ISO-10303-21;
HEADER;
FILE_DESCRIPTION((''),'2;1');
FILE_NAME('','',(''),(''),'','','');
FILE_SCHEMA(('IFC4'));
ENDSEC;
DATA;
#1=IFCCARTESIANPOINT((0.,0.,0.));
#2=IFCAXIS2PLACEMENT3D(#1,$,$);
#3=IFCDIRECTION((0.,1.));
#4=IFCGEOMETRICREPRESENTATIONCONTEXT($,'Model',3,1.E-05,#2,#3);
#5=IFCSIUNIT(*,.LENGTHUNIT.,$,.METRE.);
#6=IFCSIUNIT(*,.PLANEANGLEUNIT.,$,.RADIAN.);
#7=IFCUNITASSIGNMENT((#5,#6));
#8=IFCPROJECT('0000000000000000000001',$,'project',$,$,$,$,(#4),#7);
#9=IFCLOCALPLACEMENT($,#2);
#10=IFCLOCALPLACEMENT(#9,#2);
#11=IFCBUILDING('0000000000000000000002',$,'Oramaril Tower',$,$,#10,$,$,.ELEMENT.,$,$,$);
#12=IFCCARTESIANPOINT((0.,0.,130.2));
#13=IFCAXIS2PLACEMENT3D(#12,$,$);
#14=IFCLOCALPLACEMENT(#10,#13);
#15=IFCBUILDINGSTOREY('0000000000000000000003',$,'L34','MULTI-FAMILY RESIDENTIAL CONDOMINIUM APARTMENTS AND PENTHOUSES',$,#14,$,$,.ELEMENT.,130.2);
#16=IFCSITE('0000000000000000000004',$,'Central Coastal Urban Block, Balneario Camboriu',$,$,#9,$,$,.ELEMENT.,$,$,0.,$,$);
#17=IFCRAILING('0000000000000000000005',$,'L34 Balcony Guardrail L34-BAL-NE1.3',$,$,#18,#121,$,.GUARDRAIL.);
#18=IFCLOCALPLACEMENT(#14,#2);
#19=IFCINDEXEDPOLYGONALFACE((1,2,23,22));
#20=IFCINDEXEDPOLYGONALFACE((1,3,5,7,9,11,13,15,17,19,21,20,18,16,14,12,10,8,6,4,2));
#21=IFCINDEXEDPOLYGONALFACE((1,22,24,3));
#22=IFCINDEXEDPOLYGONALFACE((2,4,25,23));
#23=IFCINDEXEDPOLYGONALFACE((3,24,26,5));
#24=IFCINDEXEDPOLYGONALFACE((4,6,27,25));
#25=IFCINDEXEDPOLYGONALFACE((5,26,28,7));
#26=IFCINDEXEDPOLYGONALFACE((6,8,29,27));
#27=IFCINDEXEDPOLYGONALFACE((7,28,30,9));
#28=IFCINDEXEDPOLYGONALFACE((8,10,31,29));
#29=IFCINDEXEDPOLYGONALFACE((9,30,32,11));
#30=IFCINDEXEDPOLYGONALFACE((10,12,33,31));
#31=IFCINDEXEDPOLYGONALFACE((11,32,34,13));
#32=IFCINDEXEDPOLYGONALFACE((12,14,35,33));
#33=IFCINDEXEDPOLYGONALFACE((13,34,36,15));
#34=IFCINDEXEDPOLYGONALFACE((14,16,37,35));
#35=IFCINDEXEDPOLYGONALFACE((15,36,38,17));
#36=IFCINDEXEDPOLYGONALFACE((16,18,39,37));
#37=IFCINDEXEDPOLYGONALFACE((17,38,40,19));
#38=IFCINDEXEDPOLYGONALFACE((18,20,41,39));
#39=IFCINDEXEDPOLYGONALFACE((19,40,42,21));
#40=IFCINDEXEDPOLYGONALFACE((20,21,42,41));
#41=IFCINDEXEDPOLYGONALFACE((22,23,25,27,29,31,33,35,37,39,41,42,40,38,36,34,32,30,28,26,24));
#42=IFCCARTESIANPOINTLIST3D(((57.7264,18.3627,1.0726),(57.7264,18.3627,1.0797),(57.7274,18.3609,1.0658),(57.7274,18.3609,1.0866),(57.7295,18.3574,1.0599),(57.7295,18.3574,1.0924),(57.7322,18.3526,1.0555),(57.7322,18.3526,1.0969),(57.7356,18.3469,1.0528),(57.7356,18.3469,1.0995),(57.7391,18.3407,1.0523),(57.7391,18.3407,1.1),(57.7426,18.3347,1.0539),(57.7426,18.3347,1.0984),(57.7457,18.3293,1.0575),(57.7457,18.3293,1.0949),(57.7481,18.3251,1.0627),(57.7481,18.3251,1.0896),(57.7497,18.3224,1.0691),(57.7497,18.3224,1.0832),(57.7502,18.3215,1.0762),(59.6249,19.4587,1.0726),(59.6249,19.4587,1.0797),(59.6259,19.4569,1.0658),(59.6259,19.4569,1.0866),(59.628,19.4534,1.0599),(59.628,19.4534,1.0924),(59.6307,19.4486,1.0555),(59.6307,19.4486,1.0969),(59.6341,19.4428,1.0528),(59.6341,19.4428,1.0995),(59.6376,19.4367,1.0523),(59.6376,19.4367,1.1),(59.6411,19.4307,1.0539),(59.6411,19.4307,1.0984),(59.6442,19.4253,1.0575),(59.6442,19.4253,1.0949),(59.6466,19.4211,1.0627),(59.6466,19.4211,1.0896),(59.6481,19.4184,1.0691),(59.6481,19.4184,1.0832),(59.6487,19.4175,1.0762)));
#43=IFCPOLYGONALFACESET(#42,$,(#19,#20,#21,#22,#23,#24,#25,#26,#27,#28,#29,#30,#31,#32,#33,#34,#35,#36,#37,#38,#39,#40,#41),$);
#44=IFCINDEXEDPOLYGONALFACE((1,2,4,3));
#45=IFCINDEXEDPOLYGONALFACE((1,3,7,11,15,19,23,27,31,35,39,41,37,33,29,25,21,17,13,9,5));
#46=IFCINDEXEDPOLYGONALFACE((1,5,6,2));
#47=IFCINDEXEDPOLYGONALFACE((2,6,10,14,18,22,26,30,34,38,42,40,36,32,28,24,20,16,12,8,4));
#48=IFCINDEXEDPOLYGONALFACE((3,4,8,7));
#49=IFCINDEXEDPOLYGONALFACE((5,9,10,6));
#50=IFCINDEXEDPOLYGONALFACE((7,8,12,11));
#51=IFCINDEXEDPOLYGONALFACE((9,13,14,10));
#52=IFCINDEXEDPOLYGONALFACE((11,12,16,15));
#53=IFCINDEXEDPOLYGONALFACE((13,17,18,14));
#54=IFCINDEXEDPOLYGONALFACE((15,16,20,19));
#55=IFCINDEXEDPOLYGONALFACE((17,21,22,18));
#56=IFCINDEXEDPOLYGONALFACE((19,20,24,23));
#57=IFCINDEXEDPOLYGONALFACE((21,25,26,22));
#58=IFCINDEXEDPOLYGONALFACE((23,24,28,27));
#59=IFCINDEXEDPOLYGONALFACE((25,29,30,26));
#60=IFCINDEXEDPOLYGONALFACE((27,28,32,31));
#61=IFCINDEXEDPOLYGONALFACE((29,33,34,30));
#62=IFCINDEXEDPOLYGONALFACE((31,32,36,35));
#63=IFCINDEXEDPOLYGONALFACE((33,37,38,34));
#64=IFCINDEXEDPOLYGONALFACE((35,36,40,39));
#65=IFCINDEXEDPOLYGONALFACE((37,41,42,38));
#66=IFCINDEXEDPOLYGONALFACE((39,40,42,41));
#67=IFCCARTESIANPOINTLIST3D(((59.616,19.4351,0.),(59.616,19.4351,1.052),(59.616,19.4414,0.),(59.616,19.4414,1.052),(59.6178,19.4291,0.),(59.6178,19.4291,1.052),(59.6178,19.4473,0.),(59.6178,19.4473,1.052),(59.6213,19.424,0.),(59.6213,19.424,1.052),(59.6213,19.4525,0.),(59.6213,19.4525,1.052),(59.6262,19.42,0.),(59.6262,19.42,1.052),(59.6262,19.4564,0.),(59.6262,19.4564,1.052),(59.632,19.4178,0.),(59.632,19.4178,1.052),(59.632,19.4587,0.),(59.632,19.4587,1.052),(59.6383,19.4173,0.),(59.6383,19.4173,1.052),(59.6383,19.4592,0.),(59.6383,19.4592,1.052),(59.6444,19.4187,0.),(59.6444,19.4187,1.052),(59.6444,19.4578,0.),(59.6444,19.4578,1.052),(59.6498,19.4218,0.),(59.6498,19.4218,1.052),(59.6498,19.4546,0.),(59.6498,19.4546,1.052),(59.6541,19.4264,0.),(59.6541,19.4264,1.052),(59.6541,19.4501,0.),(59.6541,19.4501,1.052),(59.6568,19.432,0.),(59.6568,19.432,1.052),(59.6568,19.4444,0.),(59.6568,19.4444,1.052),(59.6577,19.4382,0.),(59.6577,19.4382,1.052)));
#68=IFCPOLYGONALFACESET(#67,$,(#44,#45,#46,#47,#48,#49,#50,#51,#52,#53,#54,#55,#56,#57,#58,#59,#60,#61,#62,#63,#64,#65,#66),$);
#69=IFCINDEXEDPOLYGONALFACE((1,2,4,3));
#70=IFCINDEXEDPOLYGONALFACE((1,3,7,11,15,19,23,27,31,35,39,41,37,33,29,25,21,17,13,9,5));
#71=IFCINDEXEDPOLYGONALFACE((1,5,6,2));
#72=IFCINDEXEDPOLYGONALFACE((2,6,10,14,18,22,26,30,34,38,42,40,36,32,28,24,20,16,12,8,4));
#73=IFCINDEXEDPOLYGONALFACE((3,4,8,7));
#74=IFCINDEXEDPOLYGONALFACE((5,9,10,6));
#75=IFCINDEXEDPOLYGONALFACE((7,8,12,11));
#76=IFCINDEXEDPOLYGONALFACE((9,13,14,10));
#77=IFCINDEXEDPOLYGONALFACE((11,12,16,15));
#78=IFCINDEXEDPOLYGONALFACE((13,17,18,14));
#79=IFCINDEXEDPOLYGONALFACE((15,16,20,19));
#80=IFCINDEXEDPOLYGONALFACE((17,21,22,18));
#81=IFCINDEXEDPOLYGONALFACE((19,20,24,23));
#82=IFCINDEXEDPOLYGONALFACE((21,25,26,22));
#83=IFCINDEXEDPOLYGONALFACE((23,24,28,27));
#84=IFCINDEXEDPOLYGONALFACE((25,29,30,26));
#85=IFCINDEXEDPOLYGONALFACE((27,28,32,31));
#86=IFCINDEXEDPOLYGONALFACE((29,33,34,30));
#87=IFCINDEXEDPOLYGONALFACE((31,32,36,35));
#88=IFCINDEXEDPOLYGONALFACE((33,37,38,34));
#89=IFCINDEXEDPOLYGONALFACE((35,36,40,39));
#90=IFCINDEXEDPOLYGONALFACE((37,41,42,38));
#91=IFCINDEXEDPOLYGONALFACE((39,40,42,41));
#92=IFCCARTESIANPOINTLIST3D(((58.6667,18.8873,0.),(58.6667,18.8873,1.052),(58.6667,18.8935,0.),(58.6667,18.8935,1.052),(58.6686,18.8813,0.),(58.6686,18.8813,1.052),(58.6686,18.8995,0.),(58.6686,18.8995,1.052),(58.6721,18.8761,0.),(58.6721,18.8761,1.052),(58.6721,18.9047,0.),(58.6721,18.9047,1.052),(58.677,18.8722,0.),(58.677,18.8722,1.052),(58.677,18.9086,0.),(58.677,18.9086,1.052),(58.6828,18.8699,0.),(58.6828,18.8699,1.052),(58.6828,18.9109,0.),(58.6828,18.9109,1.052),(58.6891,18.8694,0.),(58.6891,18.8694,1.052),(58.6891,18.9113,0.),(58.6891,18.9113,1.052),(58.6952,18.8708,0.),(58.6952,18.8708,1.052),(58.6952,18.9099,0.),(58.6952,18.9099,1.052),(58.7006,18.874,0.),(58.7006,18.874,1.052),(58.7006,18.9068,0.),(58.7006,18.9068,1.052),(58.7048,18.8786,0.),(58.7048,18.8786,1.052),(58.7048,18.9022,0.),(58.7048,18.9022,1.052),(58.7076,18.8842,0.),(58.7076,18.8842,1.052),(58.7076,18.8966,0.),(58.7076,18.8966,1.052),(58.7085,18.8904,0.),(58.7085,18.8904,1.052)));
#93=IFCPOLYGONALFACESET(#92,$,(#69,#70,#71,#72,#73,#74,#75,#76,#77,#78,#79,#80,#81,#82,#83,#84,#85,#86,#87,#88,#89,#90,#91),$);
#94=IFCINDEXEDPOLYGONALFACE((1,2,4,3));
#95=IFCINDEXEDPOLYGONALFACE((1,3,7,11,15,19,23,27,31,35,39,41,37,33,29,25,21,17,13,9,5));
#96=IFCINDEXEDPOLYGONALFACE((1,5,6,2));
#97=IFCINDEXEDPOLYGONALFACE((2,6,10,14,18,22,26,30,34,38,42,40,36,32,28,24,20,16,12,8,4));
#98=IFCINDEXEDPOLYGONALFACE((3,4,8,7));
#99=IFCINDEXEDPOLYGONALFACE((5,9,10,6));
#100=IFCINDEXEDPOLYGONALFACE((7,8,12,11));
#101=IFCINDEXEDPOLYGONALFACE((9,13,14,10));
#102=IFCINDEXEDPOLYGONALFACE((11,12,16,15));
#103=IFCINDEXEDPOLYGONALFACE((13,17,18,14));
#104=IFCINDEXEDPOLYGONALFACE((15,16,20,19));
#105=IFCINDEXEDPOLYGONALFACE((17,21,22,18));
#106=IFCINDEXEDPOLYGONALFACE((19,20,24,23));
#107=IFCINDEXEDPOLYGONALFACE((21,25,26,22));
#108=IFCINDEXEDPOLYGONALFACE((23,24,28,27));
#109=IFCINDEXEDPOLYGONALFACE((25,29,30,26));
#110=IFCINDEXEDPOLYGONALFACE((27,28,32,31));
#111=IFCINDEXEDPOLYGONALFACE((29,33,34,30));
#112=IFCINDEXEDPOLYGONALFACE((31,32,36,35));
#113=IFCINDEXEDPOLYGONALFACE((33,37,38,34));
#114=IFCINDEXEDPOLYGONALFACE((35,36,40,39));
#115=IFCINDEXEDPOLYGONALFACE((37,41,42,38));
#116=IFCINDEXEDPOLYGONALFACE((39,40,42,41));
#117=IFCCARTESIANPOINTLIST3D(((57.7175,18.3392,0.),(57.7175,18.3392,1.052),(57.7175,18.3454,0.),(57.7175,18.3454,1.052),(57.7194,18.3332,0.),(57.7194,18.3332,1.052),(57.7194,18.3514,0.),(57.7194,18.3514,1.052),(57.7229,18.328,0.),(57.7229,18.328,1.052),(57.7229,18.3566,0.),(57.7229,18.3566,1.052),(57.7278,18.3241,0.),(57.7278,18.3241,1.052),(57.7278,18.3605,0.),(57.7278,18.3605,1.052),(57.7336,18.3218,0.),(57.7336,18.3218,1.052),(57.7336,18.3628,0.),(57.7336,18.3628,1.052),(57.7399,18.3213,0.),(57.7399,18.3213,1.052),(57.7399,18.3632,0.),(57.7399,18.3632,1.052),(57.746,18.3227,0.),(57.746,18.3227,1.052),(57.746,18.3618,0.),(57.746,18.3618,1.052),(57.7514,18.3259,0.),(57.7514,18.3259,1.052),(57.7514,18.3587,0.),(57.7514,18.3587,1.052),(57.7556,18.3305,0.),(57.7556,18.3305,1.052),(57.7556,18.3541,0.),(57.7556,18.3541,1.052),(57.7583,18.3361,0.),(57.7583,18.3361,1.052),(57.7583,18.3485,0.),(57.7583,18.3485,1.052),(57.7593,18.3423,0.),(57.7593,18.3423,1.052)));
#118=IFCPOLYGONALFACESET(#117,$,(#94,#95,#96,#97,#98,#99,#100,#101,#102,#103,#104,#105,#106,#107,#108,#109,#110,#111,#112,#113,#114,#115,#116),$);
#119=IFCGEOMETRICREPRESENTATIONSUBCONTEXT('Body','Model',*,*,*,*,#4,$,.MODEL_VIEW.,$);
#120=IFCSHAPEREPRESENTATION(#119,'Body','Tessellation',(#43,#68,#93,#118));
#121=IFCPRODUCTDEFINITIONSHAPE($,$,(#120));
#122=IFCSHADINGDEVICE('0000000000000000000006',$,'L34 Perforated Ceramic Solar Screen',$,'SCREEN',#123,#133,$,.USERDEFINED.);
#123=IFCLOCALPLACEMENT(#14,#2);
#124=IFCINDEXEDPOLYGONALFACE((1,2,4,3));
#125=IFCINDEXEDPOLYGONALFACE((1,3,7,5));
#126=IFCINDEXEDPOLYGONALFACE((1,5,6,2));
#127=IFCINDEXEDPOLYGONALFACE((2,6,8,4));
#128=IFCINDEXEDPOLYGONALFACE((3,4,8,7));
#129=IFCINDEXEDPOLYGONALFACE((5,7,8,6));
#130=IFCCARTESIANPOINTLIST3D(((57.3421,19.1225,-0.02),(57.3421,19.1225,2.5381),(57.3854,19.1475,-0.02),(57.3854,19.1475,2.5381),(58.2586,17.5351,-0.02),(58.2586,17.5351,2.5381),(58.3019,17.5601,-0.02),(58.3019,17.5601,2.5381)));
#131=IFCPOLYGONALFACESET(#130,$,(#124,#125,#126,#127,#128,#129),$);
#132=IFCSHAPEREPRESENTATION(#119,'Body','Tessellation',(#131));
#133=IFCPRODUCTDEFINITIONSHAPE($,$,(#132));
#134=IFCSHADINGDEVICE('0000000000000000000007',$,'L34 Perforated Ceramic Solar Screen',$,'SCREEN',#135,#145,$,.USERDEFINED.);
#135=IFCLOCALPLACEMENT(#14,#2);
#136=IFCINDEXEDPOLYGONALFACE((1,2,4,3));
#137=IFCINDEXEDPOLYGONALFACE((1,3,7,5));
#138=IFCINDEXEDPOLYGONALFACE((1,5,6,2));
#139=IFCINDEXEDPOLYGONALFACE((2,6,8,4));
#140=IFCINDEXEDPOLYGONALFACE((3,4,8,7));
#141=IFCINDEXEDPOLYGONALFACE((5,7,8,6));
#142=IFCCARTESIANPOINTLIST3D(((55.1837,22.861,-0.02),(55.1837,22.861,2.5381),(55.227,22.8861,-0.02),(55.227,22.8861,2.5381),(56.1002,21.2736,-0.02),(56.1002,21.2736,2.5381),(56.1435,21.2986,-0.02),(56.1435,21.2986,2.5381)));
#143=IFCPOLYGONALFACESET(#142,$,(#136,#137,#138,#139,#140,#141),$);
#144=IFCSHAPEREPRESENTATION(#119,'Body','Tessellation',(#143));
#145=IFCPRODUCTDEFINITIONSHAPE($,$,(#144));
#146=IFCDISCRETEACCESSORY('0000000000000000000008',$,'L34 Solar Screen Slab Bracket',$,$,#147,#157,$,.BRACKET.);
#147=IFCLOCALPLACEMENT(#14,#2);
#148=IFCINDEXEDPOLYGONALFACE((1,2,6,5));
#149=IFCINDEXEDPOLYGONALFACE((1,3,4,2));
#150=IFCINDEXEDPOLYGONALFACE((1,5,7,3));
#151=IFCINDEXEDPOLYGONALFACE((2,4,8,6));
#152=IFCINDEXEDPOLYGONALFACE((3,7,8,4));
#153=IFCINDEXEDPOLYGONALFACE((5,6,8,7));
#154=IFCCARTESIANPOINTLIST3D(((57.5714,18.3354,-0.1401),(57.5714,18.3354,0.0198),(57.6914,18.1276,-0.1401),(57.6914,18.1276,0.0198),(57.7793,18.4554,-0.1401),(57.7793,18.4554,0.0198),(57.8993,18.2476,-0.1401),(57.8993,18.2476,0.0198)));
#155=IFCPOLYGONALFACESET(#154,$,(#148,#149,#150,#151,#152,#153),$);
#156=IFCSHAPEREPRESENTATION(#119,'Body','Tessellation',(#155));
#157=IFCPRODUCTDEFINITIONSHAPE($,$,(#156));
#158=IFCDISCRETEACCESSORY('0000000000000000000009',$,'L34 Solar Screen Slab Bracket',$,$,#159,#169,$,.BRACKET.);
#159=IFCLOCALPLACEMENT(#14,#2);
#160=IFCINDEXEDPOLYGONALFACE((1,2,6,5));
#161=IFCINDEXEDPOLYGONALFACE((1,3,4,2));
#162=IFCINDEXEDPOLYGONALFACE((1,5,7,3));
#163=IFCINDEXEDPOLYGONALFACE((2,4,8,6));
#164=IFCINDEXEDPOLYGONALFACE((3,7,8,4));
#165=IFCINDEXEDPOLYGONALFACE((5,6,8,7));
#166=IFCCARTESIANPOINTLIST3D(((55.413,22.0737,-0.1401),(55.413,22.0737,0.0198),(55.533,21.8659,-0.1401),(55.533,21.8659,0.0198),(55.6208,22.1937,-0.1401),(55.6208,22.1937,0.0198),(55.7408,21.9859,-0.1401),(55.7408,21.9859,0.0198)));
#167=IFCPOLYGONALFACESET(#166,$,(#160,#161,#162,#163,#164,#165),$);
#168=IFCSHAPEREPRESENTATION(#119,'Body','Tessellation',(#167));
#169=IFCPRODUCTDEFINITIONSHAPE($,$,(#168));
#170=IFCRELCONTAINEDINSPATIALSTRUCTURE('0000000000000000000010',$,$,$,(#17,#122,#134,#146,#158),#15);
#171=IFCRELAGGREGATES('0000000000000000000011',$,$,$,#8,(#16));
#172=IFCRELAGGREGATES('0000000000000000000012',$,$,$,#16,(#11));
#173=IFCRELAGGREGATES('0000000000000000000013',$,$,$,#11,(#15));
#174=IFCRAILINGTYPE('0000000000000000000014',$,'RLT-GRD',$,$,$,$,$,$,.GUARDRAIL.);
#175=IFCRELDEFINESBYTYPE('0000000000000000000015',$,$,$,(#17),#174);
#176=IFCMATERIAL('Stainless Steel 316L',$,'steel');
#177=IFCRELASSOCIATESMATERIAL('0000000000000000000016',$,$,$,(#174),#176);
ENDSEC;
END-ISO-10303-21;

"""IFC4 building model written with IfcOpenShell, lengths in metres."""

from ifc_helpers import new_model, si_unit, direction, frame, origin, origin_2d, place, context, subcontext, project, spatial, rectangle, circle, extrude, material, type_object, element, save


model = new_model("IFC4")

# Units and contexts
model_context = context("Model", 3, precision=1e-05, world=origin(), true_north=direction((0.0, 1.0)))
body_context = subcontext(model_context, "Body", "Model", "MODEL_VIEW")
ifc_project = project(units=[si_unit("LENGTHUNIT", "METRE"), si_unit("PLANEANGLEUNIT", "RADIAN")], contexts=[model_context])

# Site, building, storey
site_placement = place(None, origin())
site = spatial("IfcSite", under=ifc_project, at=site_placement, Name="Central Coastal Urban Block, Balneario Camboriu", CompositionType="ELEMENT", RefElevation=0.0)
building_placement = place(site_placement, origin())
building = spatial("IfcBuilding", under=site, at=building_placement, Name="Oramaril Tower", CompositionType="ELEMENT")
storey_placement = place(building_placement, frame((0.0, 0.0, 130.2)))
storey = spatial("IfcBuildingStorey", under=building, at=storey_placement, Name="L34", Description="MULTI-FAMILY RESIDENTIAL CONDOMINIUM APARTMENTS AND PENTHOUSES", CompositionType="ELEMENT", Elevation=130.2)

# Railing
ifc_material_1 = material(Name="Stainless Steel 316L", Category="steel")
railing_type = type_object("IfcRailingType", Name="RLT-GRD", PredefinedType="GUARDRAIL", material=ifc_material_1)
railing_1_placement = place(storey_placement, frame((59.6367, 19.4382, 0.0)))
element("IfcRailing", 1, at=railing_1_placement, inside=storey, type_object=railing_type, Name="L34 Balcony Guardrail L34-BAL-NE1.3", PredefinedType="GUARDRAIL", context=body_context, shape_type="SweptSolid", body=[
    extrude(circle(Radius=0.0239, at=origin_2d()), frame((0.0, 0.0, 1.0762), z_axis=(-0.866048, -0.49996, 0.0), x_axis=(0.49996, -0.866048, 0.0)), (0.0, 0.0, 1.0), 2.1921),
    extrude(circle(Radius=0.021, at=origin_2d()), origin(), (0.0, 0.0, 1.0), 1.052),
    extrude(circle(Radius=0.021, at=origin_2d()), frame((-0.9492, -0.5479, 0.0)), (0.0, 0.0, 1.0), 1.052),
    extrude(circle(Radius=0.021, at=origin_2d()), frame((-1.8984, -1.0959, 0.0)), (0.0, 0.0, 1.0), 1.052),
])

# Shading devices
for number, where, z_axis, x_axis, name in (
    (2, (57.822, 18.3413, -0.02), (0.0, 0.0, 1.0), (-0.499998, 0.866026, 0.0), "L34 Perforated Ceramic Solar Screen"),
    (3, (55.6636, 22.0798, -0.02), (0.0, 0.0, 1.0), (-0.499998, 0.866026, 0.0), "L34 Perforated Ceramic Solar Screen"),
):
    element("IfcShadingDevice", number, at=place(storey_placement, frame(where, z_axis=z_axis, x_axis=x_axis)), inside=storey, Name=name, ObjectType="SCREEN", PredefinedType="USERDEFINED", context=body_context, shape_type="SweptSolid", body=[
        extrude(rectangle(XDim=1.833, YDim=0.05, at=origin_2d()), origin(), (0.0, 0.0, 1.0), 2.5581),
    ])

# Discrete accessories
for number, where, z_axis, x_axis, name in (
    (4, (57.7354, 18.2915, -0.1401), (0.0, 0.0, 1.0), (-0.499998, 0.866026, 0.0), "L34 Solar Screen Slab Bracket"),
    (5, (55.5769, 22.0298, -0.1401), (0.0, 0.0, 1.0), (-0.499998, 0.866026, 0.0), "L34 Solar Screen Slab Bracket"),
):
    element("IfcDiscreteAccessory", number, at=place(storey_placement, frame(where, z_axis=z_axis, x_axis=x_axis)), inside=storey, Name=name, PredefinedType="BRACKET", context=body_context, shape_type="SweptSolid", body=[
        extrude(rectangle(XDim=0.24, YDim=0.24, at=origin_2d()), origin(), (0.0, 0.0, 1.0), 0.1599),
    ])

save(model, "model.ifc")
